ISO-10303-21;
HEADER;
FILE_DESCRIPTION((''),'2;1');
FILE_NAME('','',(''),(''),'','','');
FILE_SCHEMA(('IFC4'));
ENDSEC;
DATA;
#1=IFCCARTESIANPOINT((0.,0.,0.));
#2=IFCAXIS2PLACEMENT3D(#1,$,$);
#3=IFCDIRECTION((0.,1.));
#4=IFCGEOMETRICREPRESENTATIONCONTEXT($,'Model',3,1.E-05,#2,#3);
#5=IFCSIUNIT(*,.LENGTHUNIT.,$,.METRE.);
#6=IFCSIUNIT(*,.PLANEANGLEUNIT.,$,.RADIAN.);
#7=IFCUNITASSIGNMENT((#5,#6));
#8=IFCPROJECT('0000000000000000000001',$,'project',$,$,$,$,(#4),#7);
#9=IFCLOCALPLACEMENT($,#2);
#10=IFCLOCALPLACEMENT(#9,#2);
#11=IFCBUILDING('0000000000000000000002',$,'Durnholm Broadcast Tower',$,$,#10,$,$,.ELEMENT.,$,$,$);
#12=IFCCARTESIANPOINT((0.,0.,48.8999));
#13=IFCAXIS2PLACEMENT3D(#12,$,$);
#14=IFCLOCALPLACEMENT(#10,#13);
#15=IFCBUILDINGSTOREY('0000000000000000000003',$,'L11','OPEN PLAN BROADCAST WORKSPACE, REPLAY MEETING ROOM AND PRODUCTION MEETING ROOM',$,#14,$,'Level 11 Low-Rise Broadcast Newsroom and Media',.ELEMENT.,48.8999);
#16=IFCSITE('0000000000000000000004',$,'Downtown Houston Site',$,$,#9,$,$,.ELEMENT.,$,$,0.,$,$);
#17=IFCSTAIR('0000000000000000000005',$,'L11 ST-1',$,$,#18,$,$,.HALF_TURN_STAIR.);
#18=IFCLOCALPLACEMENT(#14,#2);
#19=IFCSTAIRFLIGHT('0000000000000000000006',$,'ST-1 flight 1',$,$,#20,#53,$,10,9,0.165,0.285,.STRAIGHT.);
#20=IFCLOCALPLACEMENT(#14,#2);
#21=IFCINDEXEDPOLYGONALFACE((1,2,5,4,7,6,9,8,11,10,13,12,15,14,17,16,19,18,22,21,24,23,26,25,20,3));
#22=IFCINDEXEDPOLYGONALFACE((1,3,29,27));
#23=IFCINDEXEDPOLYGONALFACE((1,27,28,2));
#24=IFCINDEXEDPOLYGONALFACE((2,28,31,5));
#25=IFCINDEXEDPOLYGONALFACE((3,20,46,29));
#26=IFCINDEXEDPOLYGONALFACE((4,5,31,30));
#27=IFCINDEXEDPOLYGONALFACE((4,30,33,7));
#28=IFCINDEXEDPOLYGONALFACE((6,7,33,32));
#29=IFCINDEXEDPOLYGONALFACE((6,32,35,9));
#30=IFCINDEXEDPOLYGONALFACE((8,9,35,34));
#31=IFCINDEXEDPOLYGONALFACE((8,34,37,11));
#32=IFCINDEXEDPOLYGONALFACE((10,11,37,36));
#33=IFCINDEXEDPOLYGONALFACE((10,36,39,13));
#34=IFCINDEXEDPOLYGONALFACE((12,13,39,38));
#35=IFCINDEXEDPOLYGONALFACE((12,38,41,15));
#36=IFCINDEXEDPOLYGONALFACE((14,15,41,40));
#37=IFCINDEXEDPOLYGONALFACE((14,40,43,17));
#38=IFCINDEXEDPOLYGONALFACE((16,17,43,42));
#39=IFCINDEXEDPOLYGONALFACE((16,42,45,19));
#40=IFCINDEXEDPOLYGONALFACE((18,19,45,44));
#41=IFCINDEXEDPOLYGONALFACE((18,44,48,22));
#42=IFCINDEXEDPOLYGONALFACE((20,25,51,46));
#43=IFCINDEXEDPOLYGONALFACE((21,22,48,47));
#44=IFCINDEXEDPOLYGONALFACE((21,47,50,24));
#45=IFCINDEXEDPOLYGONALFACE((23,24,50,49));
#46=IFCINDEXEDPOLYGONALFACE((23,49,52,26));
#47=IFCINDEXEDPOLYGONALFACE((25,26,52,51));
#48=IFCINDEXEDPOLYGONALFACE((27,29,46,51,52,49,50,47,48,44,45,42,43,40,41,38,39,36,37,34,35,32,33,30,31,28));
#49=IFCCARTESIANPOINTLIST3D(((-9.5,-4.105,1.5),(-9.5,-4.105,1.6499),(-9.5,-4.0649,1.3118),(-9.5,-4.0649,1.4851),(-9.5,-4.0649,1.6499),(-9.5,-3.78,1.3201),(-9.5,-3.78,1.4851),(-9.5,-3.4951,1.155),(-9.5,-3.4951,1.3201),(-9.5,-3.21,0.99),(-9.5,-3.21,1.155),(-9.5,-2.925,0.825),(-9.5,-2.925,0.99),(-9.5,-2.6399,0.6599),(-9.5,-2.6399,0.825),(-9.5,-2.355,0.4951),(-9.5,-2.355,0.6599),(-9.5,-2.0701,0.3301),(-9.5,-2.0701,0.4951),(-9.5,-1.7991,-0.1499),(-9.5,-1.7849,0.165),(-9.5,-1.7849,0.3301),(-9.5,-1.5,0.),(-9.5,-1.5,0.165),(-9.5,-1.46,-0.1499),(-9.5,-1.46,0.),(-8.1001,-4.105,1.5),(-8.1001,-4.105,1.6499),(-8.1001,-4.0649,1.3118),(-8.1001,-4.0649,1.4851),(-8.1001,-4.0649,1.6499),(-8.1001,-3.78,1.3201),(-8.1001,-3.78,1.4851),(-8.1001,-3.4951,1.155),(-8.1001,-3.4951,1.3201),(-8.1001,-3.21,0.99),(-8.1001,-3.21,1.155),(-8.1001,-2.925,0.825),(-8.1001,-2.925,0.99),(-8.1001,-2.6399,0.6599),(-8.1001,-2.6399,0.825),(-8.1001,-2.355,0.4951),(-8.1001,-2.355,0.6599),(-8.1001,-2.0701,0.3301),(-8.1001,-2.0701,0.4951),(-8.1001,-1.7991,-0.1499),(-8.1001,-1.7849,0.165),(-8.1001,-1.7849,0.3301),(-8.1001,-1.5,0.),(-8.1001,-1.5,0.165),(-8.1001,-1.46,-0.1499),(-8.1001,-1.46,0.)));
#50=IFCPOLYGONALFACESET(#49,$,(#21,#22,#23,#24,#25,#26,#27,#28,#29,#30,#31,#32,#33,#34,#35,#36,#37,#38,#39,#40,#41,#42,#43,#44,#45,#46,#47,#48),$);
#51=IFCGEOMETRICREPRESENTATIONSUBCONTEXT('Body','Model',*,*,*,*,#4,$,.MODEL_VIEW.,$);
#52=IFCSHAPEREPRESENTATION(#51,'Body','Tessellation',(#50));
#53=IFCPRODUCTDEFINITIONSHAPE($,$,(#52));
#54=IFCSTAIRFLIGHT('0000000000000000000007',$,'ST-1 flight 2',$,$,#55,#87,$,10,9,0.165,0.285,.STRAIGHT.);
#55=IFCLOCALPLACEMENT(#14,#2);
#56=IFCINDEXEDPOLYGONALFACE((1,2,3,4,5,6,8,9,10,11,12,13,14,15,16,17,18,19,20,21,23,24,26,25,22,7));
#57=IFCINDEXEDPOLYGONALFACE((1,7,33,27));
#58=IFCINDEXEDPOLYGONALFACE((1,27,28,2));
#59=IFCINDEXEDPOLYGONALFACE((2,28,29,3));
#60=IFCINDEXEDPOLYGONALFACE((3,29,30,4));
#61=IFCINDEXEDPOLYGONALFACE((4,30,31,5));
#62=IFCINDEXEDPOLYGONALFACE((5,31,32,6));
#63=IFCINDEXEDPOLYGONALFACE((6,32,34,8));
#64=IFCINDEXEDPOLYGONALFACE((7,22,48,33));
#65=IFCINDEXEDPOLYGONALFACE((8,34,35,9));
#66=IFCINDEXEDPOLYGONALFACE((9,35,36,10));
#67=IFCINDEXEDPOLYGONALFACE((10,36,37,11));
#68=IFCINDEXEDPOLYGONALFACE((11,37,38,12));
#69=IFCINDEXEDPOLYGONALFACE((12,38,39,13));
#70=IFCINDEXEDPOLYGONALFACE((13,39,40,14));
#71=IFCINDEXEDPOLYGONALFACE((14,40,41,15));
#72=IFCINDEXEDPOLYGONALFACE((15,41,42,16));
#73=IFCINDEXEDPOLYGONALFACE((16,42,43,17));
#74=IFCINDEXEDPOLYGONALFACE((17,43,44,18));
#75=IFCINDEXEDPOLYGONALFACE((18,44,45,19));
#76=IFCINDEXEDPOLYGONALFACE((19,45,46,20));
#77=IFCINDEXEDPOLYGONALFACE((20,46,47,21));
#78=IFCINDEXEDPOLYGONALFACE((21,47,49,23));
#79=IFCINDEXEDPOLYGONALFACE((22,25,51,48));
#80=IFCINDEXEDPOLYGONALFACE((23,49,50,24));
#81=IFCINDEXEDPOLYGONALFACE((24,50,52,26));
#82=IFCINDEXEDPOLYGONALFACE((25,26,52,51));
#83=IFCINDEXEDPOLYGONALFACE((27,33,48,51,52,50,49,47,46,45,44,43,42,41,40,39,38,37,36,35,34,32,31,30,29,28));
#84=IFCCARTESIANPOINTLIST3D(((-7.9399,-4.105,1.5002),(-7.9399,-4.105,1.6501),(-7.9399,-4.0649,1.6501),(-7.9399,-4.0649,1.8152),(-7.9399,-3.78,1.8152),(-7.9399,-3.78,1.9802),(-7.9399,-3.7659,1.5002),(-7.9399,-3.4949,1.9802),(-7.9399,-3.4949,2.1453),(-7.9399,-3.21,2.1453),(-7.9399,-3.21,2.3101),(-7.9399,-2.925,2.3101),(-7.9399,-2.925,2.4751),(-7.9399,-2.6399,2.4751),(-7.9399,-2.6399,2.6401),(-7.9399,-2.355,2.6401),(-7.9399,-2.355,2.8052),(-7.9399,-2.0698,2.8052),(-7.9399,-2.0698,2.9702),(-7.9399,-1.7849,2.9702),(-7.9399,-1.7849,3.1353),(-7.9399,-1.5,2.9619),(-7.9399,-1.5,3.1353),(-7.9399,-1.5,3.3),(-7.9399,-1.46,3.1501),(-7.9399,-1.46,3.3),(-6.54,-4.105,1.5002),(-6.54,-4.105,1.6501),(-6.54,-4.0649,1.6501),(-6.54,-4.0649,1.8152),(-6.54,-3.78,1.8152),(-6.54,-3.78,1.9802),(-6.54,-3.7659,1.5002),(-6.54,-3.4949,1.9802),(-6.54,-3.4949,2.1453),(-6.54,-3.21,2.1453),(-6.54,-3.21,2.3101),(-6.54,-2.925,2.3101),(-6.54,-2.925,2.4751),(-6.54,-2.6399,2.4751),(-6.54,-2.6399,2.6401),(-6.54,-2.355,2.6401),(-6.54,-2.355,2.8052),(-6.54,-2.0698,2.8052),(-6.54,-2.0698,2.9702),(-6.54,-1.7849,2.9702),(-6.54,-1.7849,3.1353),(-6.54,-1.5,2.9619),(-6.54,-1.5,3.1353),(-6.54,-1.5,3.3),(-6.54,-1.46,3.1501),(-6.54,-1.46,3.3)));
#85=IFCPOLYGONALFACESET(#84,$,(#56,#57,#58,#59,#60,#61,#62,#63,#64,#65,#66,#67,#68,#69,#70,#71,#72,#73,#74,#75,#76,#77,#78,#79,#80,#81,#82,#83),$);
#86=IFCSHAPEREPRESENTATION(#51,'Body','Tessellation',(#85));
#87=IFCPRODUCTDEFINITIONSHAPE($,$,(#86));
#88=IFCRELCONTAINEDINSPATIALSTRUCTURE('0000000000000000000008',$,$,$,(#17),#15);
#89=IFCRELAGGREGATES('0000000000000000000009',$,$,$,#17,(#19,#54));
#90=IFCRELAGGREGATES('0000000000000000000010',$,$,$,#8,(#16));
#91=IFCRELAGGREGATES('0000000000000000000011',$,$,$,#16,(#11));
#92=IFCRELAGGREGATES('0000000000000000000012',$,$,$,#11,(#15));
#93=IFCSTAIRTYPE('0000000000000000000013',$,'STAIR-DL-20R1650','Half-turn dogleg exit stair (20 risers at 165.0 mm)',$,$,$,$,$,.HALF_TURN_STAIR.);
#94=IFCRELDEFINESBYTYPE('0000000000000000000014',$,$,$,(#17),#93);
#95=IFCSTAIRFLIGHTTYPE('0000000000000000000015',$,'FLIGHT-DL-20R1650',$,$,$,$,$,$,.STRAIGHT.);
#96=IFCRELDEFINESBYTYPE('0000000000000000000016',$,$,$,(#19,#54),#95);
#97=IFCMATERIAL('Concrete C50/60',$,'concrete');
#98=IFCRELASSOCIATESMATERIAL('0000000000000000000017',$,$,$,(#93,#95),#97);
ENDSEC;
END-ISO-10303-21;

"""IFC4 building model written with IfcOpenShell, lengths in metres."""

from ifc_helpers import new_model, si_unit, direction, frame, origin, place, context, subcontext, project, spatial, polyline, outline, extrude, material, type_object, element, aggregate, save


model = new_model("IFC4")

# Units and contexts
model_context = context("Model", 3, precision=1e-05, world=origin(), true_north=direction((0.0, 1.0)))
body_context = subcontext(model_context, "Body", "Model", "MODEL_VIEW")
ifc_project = project(units=[si_unit("LENGTHUNIT", "METRE"), si_unit("PLANEANGLEUNIT", "RADIAN")], contexts=[model_context])

# Site, building, storey
site_placement = place(None, origin())
site = spatial("IfcSite", under=ifc_project, at=site_placement, Name="Downtown Houston Site", CompositionType="ELEMENT", RefElevation=0.0)
building_placement = place(site_placement, origin())
building = spatial("IfcBuilding", under=site, at=building_placement, Name="Durnholm Broadcast Tower", CompositionType="ELEMENT")
storey_placement = place(building_placement, frame((0.0, 0.0, 48.8999)))
storey = spatial("IfcBuildingStorey", under=building, at=storey_placement, Name="L11", Description="OPEN PLAN BROADCAST WORKSPACE, REPLAY MEETING ROOM AND PRODUCTION MEETING ROOM", LongName="Level 11 Low-Rise Broadcast Newsroom and Media", CompositionType="ELEMENT", Elevation=48.8999)

# Shared definitions
ifc_material_1 = material(Name="Concrete C50/60", Category="concrete")

# Stair, stair flights
stair_type = type_object("IfcStairType", Name="STAIR-DL-20R1650", Description="Half-turn dogleg exit stair (20 risers at 165.0 mm)", PredefinedType="HALF_TURN_STAIR", material=ifc_material_1)
stair_placement = place(storey_placement, origin())
stair = element("IfcStair", 1, at=stair_placement, inside=storey, type_object=stair_type, Name="L11 ST-1", PredefinedType="HALF_TURN_STAIR")
stair_flight_type = type_object("IfcStairFlightType", Name="FLIGHT-DL-20R1650", PredefinedType="STRAIGHT", material=ifc_material_1)
stair_flight_1_placement = place(storey_placement, frame((-8.8, -1.5, 0.0), z_axis=(0.0, 0.0, 1.0), x_axis=(0.0, -1.0, 0.0)))
stair_flight_1 = element("IfcStairFlight", 2, at=stair_flight_1_placement, type_object=stair_flight_type, Name="ST-1 flight 1", NumberOfRisers=10, NumberOfTreads=9, PredefinedType="STRAIGHT", RiserHeight=0.165, TreadLength=0.285, context=body_context, shape_type="SweptSolid", body=[
    extrude(outline(polyline([(-0.04, -0.1499), (-0.04, 0.0), (0.0, 0.0), (0.0, 0.165), (0.2849, 0.165), (0.2849, 0.3301), (0.5701, 0.3301), (0.5701, 0.4951), (0.855, 0.4951), (0.855, 0.6599), (1.1399, 0.6599), (1.1399, 0.825), (1.425, 0.825), (1.425, 0.99), (1.71, 0.99), (1.71, 1.155), (1.9951, 1.155), (1.9951, 1.3201), (2.28, 1.3201), (2.28, 1.4851), (2.5649, 1.4851), (2.5649, 1.6499), (2.605, 1.6499), (2.605, 1.5), (2.5649, 1.3118), (0.2991, -0.1499), (-0.04, -0.1499)])), frame((0.0, 0.7, 0.0), z_axis=(0.0, -1.0, 0.0), x_axis=(1.0, 0.0, 0.0)), (0.0, 0.0, 1.0), 1.3999),
])
stair_flight_2_placement = place(storey_placement, frame((-7.24, -4.0649, 1.6501), z_axis=(0.0, 0.0, 1.0), x_axis=(0.0, 1.0, 0.0)))
stair_flight_2 = element("IfcStairFlight", 3, at=stair_flight_2_placement, type_object=stair_flight_type, Name="ST-1 flight 2", NumberOfRisers=10, NumberOfTreads=9, PredefinedType="STRAIGHT", RiserHeight=0.165, TreadLength=0.285, context=body_context, shape_type="SweptSolid", body=[
    extrude(outline(polyline([(-0.04, -0.1499), (-0.04, 0.0), (0.0, 0.0), (0.0, 0.165), (0.2849, 0.165), (0.2849, 0.3301), (0.5701, 0.3301), (0.5701, 0.4951), (0.855, 0.4951), (0.855, 0.6599), (1.1399, 0.6599), (1.1399, 0.825), (1.425, 0.825), (1.425, 0.99), (1.71, 0.99), (1.71, 1.155), (1.9951, 1.155), (1.9951, 1.3201), (2.28, 1.3201), (2.28, 1.4851), (2.5649, 1.4851), (2.5649, 1.6499), (2.605, 1.6499), (2.605, 1.5), (2.5649, 1.3118), (0.2991, -0.1499), (-0.04, -0.1499)])), frame((0.0, 0.7, 0.0), z_axis=(0.0, -1.0, 0.0), x_axis=(1.0, 0.0, 0.0)), (0.0, 0.0, 1.0), 1.3999),
])
aggregate(stair, [stair_flight_1, stair_flight_2])

save(model, "model.ifc")
